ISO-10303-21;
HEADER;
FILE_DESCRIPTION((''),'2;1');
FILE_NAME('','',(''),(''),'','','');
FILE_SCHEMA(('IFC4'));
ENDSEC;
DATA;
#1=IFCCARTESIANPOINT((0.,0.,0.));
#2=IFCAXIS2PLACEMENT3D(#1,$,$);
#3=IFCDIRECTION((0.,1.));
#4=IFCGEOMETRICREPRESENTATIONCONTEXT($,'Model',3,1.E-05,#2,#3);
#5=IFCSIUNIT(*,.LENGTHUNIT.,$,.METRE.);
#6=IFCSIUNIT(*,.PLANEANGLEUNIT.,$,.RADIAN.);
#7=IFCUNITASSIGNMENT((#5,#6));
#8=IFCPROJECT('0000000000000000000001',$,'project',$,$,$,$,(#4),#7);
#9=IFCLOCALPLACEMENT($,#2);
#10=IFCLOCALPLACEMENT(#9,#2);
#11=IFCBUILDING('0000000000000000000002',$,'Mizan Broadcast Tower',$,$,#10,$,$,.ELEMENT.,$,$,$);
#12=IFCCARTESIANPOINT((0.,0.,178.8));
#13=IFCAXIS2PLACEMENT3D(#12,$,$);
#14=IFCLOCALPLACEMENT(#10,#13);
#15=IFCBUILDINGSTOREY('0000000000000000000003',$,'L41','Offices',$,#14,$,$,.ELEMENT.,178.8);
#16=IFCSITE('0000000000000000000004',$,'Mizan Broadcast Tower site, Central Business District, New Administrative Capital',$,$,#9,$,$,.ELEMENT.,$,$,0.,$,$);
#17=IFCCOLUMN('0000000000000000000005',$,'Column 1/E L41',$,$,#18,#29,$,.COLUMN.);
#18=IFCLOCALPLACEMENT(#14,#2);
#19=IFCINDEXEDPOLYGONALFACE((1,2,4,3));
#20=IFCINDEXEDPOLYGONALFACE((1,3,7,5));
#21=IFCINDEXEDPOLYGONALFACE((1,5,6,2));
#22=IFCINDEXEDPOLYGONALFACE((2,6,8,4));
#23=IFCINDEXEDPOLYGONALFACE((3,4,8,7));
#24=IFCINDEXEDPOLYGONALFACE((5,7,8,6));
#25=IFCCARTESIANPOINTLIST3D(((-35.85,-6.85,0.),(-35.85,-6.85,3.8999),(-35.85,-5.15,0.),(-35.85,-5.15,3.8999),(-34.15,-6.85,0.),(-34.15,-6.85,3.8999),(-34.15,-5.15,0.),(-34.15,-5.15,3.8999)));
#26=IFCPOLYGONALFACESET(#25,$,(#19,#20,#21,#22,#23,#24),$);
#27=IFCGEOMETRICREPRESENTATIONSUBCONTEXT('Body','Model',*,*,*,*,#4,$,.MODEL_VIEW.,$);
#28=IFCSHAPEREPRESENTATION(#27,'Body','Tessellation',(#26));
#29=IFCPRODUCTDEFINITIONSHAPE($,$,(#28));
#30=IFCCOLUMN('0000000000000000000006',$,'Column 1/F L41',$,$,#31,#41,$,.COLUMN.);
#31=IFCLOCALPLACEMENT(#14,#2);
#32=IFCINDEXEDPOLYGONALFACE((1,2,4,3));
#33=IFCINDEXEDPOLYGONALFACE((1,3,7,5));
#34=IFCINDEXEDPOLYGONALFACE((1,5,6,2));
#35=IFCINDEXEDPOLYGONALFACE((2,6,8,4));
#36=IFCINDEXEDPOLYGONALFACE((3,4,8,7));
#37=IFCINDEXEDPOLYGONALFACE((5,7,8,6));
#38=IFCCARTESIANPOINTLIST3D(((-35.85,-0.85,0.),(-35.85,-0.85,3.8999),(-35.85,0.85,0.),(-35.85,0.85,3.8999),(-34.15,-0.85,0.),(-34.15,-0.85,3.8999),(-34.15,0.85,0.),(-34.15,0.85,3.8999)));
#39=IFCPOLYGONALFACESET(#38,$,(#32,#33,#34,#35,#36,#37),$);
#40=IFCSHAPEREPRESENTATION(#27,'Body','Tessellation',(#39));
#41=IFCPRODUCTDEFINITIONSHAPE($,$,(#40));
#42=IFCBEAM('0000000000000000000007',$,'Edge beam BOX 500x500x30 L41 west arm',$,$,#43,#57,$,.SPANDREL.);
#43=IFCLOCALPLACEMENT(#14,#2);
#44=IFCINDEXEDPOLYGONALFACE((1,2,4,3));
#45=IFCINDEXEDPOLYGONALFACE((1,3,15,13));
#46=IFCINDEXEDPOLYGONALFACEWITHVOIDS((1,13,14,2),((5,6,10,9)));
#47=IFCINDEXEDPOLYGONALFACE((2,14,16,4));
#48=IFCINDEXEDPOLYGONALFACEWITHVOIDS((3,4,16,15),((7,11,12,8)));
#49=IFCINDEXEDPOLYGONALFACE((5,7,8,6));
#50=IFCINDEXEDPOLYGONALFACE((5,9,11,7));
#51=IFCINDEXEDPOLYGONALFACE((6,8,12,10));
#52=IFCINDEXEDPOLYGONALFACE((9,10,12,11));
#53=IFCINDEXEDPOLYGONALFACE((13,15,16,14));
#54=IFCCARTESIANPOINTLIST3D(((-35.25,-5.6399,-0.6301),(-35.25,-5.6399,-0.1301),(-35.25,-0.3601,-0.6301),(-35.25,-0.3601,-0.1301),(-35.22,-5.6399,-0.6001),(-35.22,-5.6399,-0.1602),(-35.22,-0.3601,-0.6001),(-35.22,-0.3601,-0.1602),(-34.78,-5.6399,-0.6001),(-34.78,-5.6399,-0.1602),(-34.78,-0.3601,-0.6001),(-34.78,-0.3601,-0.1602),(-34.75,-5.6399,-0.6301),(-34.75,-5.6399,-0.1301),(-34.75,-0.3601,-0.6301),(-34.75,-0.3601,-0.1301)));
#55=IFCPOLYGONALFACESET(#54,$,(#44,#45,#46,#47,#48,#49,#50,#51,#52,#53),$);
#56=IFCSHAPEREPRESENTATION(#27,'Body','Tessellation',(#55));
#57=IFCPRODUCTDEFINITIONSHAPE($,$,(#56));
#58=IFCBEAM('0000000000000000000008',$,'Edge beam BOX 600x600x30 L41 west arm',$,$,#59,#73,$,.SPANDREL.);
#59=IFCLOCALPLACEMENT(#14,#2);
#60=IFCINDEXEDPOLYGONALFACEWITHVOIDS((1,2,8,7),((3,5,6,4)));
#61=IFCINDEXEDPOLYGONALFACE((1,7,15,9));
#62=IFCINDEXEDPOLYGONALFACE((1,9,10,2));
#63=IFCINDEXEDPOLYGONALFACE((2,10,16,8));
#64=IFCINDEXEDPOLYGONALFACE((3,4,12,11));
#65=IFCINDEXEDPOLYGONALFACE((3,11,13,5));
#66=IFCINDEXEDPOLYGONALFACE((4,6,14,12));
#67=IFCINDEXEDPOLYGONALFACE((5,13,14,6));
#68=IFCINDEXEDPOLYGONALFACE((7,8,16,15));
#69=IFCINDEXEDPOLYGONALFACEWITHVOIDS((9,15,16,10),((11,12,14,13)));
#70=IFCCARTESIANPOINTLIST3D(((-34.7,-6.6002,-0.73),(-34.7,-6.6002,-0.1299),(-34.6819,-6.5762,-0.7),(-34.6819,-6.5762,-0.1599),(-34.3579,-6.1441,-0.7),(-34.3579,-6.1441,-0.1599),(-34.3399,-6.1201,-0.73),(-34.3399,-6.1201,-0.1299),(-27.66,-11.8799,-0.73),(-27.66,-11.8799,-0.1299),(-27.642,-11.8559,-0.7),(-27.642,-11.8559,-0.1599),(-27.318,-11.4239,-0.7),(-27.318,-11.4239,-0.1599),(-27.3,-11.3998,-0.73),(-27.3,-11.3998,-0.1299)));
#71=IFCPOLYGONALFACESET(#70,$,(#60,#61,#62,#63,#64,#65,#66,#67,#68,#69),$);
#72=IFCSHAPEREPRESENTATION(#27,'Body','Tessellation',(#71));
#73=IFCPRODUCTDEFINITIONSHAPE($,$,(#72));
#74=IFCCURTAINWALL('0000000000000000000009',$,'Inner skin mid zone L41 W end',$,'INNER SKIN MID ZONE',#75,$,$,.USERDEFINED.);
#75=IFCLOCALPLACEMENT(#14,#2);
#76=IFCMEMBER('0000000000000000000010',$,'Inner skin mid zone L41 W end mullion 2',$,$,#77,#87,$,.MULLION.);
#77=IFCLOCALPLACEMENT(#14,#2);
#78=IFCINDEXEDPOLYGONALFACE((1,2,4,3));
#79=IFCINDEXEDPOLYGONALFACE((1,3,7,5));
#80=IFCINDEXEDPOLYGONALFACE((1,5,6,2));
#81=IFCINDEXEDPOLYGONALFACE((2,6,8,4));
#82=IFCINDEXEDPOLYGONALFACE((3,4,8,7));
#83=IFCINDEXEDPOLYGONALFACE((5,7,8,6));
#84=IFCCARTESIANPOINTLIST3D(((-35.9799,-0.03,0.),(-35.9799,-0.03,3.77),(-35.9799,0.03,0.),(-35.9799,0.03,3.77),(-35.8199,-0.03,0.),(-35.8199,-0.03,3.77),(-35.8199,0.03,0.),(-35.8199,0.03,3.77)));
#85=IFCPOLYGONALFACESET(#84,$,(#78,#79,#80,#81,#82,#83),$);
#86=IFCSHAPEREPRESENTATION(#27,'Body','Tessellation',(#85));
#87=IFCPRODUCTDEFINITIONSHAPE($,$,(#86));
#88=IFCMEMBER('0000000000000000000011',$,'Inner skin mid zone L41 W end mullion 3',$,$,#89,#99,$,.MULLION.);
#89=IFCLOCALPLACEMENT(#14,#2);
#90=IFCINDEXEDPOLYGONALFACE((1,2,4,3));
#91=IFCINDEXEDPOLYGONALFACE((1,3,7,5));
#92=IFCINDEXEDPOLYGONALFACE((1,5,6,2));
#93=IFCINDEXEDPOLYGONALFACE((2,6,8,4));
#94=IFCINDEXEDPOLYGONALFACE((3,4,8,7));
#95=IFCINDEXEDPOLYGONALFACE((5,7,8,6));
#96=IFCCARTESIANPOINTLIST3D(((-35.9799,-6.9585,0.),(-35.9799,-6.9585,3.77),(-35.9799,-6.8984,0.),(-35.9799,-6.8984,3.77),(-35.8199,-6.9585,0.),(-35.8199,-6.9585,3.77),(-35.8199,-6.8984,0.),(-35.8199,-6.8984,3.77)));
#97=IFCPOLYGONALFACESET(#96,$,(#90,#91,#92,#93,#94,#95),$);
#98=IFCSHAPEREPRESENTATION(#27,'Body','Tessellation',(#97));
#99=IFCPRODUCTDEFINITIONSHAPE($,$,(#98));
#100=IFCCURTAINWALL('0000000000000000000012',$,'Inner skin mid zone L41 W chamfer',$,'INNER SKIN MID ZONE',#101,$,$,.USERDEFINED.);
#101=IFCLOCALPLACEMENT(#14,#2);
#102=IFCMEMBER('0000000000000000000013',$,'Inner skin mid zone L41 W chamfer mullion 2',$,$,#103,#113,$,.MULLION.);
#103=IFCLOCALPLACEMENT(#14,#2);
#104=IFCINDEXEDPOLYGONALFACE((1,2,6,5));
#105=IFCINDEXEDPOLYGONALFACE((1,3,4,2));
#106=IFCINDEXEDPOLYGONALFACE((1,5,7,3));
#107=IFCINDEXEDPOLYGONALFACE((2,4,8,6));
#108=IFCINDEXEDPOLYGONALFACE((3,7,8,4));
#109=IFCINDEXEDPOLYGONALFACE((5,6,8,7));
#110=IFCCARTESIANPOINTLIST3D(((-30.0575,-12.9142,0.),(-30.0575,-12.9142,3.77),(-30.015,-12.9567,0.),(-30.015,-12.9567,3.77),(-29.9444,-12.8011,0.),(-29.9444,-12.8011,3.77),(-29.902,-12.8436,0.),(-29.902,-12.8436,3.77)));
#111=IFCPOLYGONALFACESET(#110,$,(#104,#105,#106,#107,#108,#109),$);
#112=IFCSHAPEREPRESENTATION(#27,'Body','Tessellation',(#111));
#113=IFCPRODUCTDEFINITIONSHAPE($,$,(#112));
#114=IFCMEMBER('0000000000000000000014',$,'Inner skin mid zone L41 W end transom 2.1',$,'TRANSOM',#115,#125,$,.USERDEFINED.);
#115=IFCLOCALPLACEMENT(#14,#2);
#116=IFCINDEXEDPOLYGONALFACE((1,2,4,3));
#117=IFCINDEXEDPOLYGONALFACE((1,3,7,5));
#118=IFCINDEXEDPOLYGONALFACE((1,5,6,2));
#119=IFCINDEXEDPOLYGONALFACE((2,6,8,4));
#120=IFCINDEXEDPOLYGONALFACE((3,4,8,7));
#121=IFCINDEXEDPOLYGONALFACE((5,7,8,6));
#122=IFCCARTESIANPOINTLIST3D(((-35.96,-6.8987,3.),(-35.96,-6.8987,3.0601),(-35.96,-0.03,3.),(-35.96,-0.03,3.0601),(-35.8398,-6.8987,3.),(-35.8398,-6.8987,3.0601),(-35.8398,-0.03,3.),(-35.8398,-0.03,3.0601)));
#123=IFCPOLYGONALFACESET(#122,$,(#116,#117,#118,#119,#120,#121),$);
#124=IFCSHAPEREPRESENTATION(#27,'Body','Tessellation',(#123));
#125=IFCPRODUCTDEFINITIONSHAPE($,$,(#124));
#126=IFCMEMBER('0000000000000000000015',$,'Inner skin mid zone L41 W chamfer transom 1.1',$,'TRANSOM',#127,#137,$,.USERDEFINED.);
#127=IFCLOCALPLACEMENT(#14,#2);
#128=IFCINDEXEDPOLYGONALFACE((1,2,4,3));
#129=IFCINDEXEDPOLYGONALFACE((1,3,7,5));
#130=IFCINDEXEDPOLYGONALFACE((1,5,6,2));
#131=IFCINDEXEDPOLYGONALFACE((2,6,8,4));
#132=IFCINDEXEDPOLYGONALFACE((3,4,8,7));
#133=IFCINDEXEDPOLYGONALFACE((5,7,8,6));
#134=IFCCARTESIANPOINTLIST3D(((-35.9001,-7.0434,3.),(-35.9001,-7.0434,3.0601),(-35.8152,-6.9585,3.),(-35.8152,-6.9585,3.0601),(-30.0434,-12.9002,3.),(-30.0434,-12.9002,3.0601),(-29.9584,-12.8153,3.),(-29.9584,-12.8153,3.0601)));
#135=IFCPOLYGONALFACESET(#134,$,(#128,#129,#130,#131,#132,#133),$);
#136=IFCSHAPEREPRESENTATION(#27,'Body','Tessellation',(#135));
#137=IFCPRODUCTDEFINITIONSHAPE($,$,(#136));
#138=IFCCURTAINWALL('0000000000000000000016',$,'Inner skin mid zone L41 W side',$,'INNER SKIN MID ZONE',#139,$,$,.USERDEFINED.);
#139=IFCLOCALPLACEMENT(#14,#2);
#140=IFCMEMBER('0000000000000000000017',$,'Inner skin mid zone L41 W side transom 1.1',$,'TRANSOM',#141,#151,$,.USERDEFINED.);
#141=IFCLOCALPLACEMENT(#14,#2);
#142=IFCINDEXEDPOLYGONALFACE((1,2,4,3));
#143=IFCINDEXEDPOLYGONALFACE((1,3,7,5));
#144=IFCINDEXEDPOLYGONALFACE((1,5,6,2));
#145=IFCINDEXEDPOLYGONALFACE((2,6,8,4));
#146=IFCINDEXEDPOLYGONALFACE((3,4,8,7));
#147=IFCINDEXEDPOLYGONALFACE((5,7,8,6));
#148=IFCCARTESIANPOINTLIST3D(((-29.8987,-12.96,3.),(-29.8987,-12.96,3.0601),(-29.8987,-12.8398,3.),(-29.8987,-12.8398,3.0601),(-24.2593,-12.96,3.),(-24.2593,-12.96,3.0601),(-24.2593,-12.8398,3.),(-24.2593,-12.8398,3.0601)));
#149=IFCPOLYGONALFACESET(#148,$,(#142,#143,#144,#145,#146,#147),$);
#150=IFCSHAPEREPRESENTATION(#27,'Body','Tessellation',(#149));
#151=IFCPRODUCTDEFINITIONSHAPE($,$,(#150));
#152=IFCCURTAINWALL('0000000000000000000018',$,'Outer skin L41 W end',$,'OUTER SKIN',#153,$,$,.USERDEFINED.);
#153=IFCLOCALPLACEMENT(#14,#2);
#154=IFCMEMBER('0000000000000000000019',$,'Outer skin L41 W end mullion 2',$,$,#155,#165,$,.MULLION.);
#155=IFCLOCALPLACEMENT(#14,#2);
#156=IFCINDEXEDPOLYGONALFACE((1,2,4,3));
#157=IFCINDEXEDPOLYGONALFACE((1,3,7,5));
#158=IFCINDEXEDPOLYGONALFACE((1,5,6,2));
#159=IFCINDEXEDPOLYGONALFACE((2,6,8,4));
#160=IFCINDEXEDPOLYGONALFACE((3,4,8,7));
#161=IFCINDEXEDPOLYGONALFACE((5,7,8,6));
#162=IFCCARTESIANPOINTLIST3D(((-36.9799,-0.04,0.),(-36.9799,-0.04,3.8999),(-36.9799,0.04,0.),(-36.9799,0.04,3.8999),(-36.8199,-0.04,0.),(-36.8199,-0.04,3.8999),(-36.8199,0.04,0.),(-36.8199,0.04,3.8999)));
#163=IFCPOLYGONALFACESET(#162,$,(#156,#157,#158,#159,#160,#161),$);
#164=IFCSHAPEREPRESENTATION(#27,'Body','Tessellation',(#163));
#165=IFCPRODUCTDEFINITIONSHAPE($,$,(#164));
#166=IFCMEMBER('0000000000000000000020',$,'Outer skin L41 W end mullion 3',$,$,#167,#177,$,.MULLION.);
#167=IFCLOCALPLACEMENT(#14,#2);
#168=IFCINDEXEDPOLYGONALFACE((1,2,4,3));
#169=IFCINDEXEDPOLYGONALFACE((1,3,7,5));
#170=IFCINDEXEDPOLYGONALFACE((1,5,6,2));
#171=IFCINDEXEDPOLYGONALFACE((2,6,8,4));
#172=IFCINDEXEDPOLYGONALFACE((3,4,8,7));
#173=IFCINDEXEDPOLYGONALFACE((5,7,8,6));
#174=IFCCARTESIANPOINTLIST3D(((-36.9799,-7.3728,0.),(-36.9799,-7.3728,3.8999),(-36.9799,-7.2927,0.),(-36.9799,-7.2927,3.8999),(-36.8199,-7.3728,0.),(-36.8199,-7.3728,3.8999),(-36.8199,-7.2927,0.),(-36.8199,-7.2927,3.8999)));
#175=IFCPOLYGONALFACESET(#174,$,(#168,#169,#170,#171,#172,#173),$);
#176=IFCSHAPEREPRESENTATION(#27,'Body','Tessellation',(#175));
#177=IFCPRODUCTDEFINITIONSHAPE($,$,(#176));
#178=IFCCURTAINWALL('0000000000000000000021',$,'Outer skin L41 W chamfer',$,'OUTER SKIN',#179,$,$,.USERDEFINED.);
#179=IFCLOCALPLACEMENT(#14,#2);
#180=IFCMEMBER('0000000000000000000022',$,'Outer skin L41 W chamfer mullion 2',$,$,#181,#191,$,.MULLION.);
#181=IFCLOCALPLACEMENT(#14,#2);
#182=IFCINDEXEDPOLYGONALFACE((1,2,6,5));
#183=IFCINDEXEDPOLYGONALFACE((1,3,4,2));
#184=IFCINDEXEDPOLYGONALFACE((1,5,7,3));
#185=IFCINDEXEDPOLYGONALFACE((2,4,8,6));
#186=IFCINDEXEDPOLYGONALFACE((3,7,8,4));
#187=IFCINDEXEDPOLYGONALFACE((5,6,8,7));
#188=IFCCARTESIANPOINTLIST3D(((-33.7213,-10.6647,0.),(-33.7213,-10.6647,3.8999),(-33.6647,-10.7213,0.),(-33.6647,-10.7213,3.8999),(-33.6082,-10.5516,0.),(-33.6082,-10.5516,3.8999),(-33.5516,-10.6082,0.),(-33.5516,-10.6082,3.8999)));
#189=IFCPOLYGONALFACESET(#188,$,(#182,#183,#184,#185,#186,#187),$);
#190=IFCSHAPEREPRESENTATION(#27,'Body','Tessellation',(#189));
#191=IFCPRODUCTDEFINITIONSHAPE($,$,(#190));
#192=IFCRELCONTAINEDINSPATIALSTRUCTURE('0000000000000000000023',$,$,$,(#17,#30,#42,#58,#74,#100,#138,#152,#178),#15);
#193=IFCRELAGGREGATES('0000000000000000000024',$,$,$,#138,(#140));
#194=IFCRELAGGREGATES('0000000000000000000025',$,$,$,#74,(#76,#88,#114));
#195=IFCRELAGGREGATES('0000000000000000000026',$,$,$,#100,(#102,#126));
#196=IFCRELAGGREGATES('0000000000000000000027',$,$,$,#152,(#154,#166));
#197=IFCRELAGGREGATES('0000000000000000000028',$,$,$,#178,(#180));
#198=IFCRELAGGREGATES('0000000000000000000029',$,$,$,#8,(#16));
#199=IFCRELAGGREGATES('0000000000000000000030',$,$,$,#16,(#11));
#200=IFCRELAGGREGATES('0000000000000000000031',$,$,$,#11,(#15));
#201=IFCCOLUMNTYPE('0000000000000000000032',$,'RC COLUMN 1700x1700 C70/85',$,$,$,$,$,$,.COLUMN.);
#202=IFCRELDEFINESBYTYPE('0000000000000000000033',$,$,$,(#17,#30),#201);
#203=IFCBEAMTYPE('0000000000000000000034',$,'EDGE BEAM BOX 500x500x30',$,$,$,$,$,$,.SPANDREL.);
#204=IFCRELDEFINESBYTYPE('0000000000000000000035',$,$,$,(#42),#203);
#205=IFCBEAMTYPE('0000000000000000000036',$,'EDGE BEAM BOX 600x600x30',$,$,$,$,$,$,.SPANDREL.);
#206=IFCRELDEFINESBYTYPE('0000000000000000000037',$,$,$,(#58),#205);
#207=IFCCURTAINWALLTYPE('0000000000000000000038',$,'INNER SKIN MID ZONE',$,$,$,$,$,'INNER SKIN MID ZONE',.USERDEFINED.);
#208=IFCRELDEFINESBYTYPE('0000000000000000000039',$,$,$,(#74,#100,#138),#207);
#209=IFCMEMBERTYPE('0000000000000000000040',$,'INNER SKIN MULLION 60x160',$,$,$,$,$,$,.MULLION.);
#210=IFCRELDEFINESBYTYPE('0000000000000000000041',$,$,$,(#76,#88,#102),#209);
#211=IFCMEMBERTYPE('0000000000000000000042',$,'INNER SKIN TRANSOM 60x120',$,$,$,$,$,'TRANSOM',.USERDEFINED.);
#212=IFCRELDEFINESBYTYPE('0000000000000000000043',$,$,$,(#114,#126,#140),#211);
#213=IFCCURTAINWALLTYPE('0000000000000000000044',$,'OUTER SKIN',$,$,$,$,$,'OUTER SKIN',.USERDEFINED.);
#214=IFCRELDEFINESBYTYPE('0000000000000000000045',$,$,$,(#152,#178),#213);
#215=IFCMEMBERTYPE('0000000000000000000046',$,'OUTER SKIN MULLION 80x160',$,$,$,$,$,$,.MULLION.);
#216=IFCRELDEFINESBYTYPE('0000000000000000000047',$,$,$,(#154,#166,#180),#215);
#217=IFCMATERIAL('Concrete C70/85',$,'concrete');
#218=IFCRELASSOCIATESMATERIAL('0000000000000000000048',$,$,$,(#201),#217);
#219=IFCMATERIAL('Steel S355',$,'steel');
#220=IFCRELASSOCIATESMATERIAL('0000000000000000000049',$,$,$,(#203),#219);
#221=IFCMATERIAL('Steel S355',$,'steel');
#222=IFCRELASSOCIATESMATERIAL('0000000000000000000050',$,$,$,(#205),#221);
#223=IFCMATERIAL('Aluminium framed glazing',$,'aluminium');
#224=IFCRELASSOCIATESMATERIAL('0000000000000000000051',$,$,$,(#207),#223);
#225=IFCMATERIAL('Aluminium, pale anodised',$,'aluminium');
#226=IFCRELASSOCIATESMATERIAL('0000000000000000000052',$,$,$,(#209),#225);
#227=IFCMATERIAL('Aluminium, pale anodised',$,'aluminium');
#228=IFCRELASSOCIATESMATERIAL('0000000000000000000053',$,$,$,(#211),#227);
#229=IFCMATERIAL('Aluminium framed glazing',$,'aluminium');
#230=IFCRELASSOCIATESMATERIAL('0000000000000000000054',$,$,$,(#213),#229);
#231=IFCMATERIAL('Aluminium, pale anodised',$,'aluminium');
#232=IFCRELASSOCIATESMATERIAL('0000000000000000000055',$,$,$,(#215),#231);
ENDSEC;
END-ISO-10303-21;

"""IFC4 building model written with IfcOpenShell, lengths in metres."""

from ifc_helpers import new_model, si_unit, direction, frame, origin, origin_2d, place, context, subcontext, project, spatial, rectangle, hollow_rectangle, extrude, material, material_profile, profile_set, type_object, element, aggregate, save


model = new_model("IFC4")

# Units and contexts
model_context = context("Model", 3, precision=1e-05, world=origin(), true_north=direction((0.0, 1.0)))
body_context = subcontext(model_context, "Body", "Model", "MODEL_VIEW")
ifc_project = project(units=[si_unit("LENGTHUNIT", "METRE"), si_unit("PLANEANGLEUNIT", "RADIAN")], contexts=[model_context])

# Site, building, storey
site_placement = place(None, origin())
site = spatial("IfcSite", under=ifc_project, at=site_placement, Name="Mizan Broadcast Tower site, Central Business District, New Administrative Capital", CompositionType="ELEMENT", RefElevation=0.0)
building_placement = place(site_placement, origin())
building = spatial("IfcBuilding", under=site, at=building_placement, Name="Mizan Broadcast Tower", CompositionType="ELEMENT")
storey_placement = place(building_placement, frame((0.0, 0.0, 178.8)))
storey = spatial("IfcBuildingStorey", under=building, at=storey_placement, Name="L41", Description="Offices", CompositionType="ELEMENT", Elevation=178.8)

# Columns
ifc_material_1 = material(Name="Concrete C70/85", Category="concrete")
ifc_material_profile_1 = material_profile(ifc_material_1, rectangle(XDim=1.7, YDim=1.7, at=origin_2d()), Name="RC 1700x1700")
ifc_profile_set_1 = profile_set([ifc_material_profile_1], Name="Concrete C70/85")
column_type = type_object("IfcColumnType", Name="RC COLUMN 1700x1700 C70/85", PredefinedType="COLUMN", material=ifc_profile_set_1)
for number, where, z_axis, x_axis, name in (
    (1, (-35.0, -6.0, 0.0), (0.0, 0.0, 1.0), (1.0, 0.0, 0.0), "Column 1/E L41"),
    (2, (-35.0, 0.0, 0.0), (0.0, 0.0, 1.0), (1.0, 0.0, 0.0), "Column 1/F L41"),
):
    element("IfcColumn", number, at=place(storey_placement, frame(where, z_axis=z_axis, x_axis=x_axis)), inside=storey, type_object=column_type, Name=name, PredefinedType="COLUMN", context=body_context, shape_type="SweptSolid", body=[
        extrude(rectangle(XDim=1.7, YDim=1.7, at=origin_2d()), origin(), (0.0, 0.0, 1.0), 3.8999),
    ])

# Beams
ifc_material_2 = material(Name="Steel S355", Category="steel")
ifc_material_profile_2 = material_profile(ifc_material_2, hollow_rectangle(XDim=0.5, YDim=0.5, WallThickness=0.03, at=origin_2d()), Name="BOX 500x500x30")
ifc_profile_set_2 = profile_set([ifc_material_profile_2], Name="Steel S355")
beam_type_1 = type_object("IfcBeamType", Name="EDGE BEAM BOX 500x500x30", PredefinedType="SPANDREL", material=ifc_profile_set_2)
beam_1_placement = place(storey_placement, frame((-35.0, -5.6399, -0.3801), z_axis=(0.0, 1.0, 0.0), x_axis=(-1.0, 0.0, 0.0)))
element("IfcBeam", 3, at=beam_1_placement, inside=storey, type_object=beam_type_1, Name="Edge beam BOX 500x500x30 L41 west arm", PredefinedType="SPANDREL", context=body_context, shape_type="SweptSolid", body=[
    extrude(hollow_rectangle(XDim=0.5, YDim=0.5, WallThickness=0.03, at=origin_2d()), origin(), (0.0, 0.0, 1.0), 5.2798),
])
ifc_material_3 = material(Name="Steel S355", Category="steel")
ifc_material_profile_3 = material_profile(ifc_material_3, hollow_rectangle(XDim=0.6001, YDim=0.6001, WallThickness=0.03, at=origin_2d()), Name="BOX 600x600x30")
ifc_profile_set_3 = profile_set([ifc_material_profile_3], Name="Steel S355")
beam_type_2 = type_object("IfcBeamType", Name="EDGE BEAM BOX 600x600x30", PredefinedType="SPANDREL", material=ifc_profile_set_3)
beam_2_placement = place(storey_placement, frame((-27.48, -11.6399, -0.4299), z_axis=(-0.800013, 0.599982, 0.0), x_axis=(-0.599982, -0.800013, 0.0)))
element("IfcBeam", 4, at=beam_2_placement, inside=storey, type_object=beam_type_2, Name="Edge beam BOX 600x600x30 L41 west arm", PredefinedType="SPANDREL", context=body_context, shape_type="SweptSolid", body=[
    extrude(hollow_rectangle(XDim=0.6001, YDim=0.6001, WallThickness=0.03, at=origin_2d()), origin(), (0.0, 0.0, 1.0), 8.7998),
])

# Curtain wall, members
ifc_material_4 = material(Name="Aluminium framed glazing", Category="aluminium")
curtain_wall_type_1 = type_object("IfcCurtainWallType", Name="INNER SKIN MID ZONE", ElementType="INNER SKIN MID ZONE", PredefinedType="USERDEFINED", material=ifc_material_4)
curtain_wall_1_placement = place(storey_placement, origin())
curtain_wall_1 = element("IfcCurtainWall", 5, at=curtain_wall_1_placement, inside=storey, type_object=curtain_wall_type_1, Name="Inner skin mid zone L41 W end", ObjectType="INNER SKIN MID ZONE", PredefinedType="USERDEFINED")
ifc_material_5 = material(Name="Aluminium, pale anodised", Category="aluminium")
ifc_material_profile_4 = material_profile(ifc_material_5, rectangle(XDim=0.1599, YDim=0.0601, at=origin_2d()), Name="MULLION 160x60")
ifc_profile_set_4 = profile_set([ifc_material_profile_4], Name="Aluminium, pale anodised")
member_type_1 = type_object("IfcMemberType", Name="INNER SKIN MULLION 60x160", PredefinedType="MULLION", material=ifc_profile_set_4)
member_1_placement = place(storey_placement, frame((-35.8999, 0.0, 0.0), z_axis=(0.0, 0.0, 1.0), x_axis=(1.0, 0.0, 0.0)))
member_1 = element("IfcMember", 6, at=member_1_placement, type_object=member_type_1, Name="Inner skin mid zone L41 W end mullion 2", PredefinedType="MULLION", context=body_context, shape_type="SweptSolid", body=[
    extrude(rectangle(XDim=0.1599, YDim=0.0601, at=origin_2d()), origin(), (0.0, 0.0, 1.0), 3.77),
])
member_2_placement = place(storey_placement, frame((-35.8999, -6.9285, 0.0), z_axis=(0.0, 0.0, 1.0), x_axis=(1.0, 0.0, 0.0)))
member_2 = element("IfcMember", 7, at=member_2_placement, type_object=member_type_1, Name="Inner skin mid zone L41 W end mullion 3", PredefinedType="MULLION", context=body_context, shape_type="SweptSolid", body=[
    extrude(rectangle(XDim=0.1599, YDim=0.0601, at=origin_2d()), origin(), (0.0, 0.0, 1.0), 3.77),
])

# Curtain wall, member
curtain_wall_2_placement = place(storey_placement, origin())
curtain_wall_2 = element("IfcCurtainWall", 8, at=curtain_wall_2_placement, inside=storey, type_object=curtain_wall_type_1, Name="Inner skin mid zone L41 W chamfer", ObjectType="INNER SKIN MID ZONE", PredefinedType="USERDEFINED")
member_3_placement = place(storey_placement, frame((-29.9797, -12.8789, 0.0), z_axis=(0.0, 0.0, 1.0), x_axis=(0.707107, 0.707107, 0.0)))
member_3 = element("IfcMember", 9, at=member_3_placement, type_object=member_type_1, Name="Inner skin mid zone L41 W chamfer mullion 2", PredefinedType="MULLION", context=body_context, shape_type="SweptSolid", body=[
    extrude(rectangle(XDim=0.1599, YDim=0.0601, at=origin_2d()), origin(), (0.0, 0.0, 1.0), 3.77),
])

# Members
ifc_material_6 = material(Name="Aluminium, pale anodised", Category="aluminium")
ifc_material_profile_5 = material_profile(ifc_material_6, rectangle(XDim=0.1201, YDim=0.0601, at=origin_2d()), Name="TRANSOM 120x60")
ifc_profile_set_5 = profile_set([ifc_material_profile_5], Name="Aluminium, pale anodised")
member_type_2 = type_object("IfcMemberType", Name="INNER SKIN TRANSOM 60x120", ElementType="TRANSOM", PredefinedType="USERDEFINED", material=ifc_profile_set_5)
member_4_placement = place(storey_placement, frame((-35.8999, -0.03, 3.03), z_axis=(0.0, -1.0, 0.0), x_axis=(1.0, 0.0, 0.0)))
member_4 = element("IfcMember", 10, at=member_4_placement, type_object=member_type_2, Name="Inner skin mid zone L41 W end transom 2.1", ObjectType="TRANSOM", PredefinedType="USERDEFINED", context=body_context, shape_type="SweptSolid", body=[
    extrude(rectangle(XDim=0.1201, YDim=0.0601, at=origin_2d()), origin(), (0.0, 0.0, 1.0), 6.8687),
])
member_5_placement = place(storey_placement, frame((-35.8577, -7.001, 3.03), z_axis=(0.707107, -0.707107, 0.0), x_axis=(0.707107, 0.707107, 0.0)))
member_5 = element("IfcMember", 11, at=member_5_placement, type_object=member_type_2, Name="Inner skin mid zone L41 W chamfer transom 1.1", ObjectType="TRANSOM", PredefinedType="USERDEFINED", context=body_context, shape_type="SweptSolid", body=[
    extrude(rectangle(XDim=0.1201, YDim=0.0601, at=origin_2d()), origin(), (0.0, 0.0, 1.0), 8.2827),
])

# Curtain wall, member
curtain_wall_3_placement = place(storey_placement, origin())
curtain_wall_3 = element("IfcCurtainWall", 12, at=curtain_wall_3_placement, inside=storey, type_object=curtain_wall_type_1, Name="Inner skin mid zone L41 W side", ObjectType="INNER SKIN MID ZONE", PredefinedType="USERDEFINED")
member_6_placement = place(storey_placement, frame((-29.8987, -12.8999, 3.03), z_axis=(1.0, 0.0, 0.0), x_axis=(0.0, 1.0, 0.0)))
member_6 = element("IfcMember", 13, at=member_6_placement, type_object=member_type_2, Name="Inner skin mid zone L41 W side transom 1.1", ObjectType="TRANSOM", PredefinedType="USERDEFINED", context=body_context, shape_type="SweptSolid", body=[
    extrude(rectangle(XDim=0.1201, YDim=0.0601, at=origin_2d()), origin(), (0.0, 0.0, 1.0), 5.6394),
])
aggregate(curtain_wall_3, [member_6])

# Curtain walls, members
ifc_material_7 = material(Name="Aluminium framed glazing", Category="aluminium")
curtain_wall_type_2 = type_object("IfcCurtainWallType", Name="OUTER SKIN", ElementType="OUTER SKIN", PredefinedType="USERDEFINED", material=ifc_material_7)
curtain_wall_4_placement = place(storey_placement, origin())
curtain_wall_4 = element("IfcCurtainWall", 14, at=curtain_wall_4_placement, inside=storey, type_object=curtain_wall_type_2, Name="Outer skin L41 W end", ObjectType="OUTER SKIN", PredefinedType="USERDEFINED")
ifc_material_8 = material(Name="Aluminium, pale anodised", Category="aluminium")
ifc_material_profile_6 = material_profile(ifc_material_8, rectangle(XDim=0.1599, YDim=0.0801, at=origin_2d()), Name="MULLION 160x80")
ifc_profile_set_6 = profile_set([ifc_material_profile_6], Name="Aluminium, pale anodised")
member_type_3 = type_object("IfcMemberType", Name="OUTER SKIN MULLION 80x160", PredefinedType="MULLION", material=ifc_profile_set_6)
member_7_placement = place(storey_placement, frame((-36.8999, 0.0, 0.0), z_axis=(0.0, 0.0, 1.0), x_axis=(1.0, 0.0, 0.0)))
member_7 = element("IfcMember", 15, at=member_7_placement, type_object=member_type_3, Name="Outer skin L41 W end mullion 2", PredefinedType="MULLION", context=body_context, shape_type="SweptSolid", body=[
    extrude(rectangle(XDim=0.1599, YDim=0.0801, at=origin_2d()), origin(), (0.0, 0.0, 1.0), 3.8999),
])
member_8_placement = place(storey_placement, frame((-36.8999, -7.3328, 0.0), z_axis=(0.0, 0.0, 1.0), x_axis=(1.0, 0.0, 0.0)))
member_8 = element("IfcMember", 16, at=member_8_placement, type_object=member_type_3, Name="Outer skin L41 W end mullion 3", PredefinedType="MULLION", context=body_context, shape_type="SweptSolid", body=[
    extrude(rectangle(XDim=0.1599, YDim=0.0801, at=origin_2d()), origin(), (0.0, 0.0, 1.0), 3.8999),
])
curtain_wall_5_placement = place(storey_placement, origin())
curtain_wall_5 = element("IfcCurtainWall", 17, at=curtain_wall_5_placement, inside=storey, type_object=curtain_wall_type_2, Name="Outer skin L41 W chamfer", ObjectType="OUTER SKIN", PredefinedType="USERDEFINED")
member_9_placement = place(storey_placement, frame((-33.6365, -10.6365, 0.0), z_axis=(0.0, 0.0, 1.0), x_axis=(0.707107, 0.707107, 0.0)))
member_9 = element("IfcMember", 18, at=member_9_placement, type_object=member_type_3, Name="Outer skin L41 W chamfer mullion 2", PredefinedType="MULLION", context=body_context, shape_type="SweptSolid", body=[
    extrude(rectangle(XDim=0.1599, YDim=0.0801, at=origin_2d()), origin(), (0.0, 0.0, 1.0), 3.8999),
])

aggregate(curtain_wall_1, [member_1, member_2, member_4])
aggregate(curtain_wall_2, [member_3, member_5])
aggregate(curtain_wall_4, [member_7, member_8])
aggregate(curtain_wall_5, [member_9])

save(model, "model.ifc")
